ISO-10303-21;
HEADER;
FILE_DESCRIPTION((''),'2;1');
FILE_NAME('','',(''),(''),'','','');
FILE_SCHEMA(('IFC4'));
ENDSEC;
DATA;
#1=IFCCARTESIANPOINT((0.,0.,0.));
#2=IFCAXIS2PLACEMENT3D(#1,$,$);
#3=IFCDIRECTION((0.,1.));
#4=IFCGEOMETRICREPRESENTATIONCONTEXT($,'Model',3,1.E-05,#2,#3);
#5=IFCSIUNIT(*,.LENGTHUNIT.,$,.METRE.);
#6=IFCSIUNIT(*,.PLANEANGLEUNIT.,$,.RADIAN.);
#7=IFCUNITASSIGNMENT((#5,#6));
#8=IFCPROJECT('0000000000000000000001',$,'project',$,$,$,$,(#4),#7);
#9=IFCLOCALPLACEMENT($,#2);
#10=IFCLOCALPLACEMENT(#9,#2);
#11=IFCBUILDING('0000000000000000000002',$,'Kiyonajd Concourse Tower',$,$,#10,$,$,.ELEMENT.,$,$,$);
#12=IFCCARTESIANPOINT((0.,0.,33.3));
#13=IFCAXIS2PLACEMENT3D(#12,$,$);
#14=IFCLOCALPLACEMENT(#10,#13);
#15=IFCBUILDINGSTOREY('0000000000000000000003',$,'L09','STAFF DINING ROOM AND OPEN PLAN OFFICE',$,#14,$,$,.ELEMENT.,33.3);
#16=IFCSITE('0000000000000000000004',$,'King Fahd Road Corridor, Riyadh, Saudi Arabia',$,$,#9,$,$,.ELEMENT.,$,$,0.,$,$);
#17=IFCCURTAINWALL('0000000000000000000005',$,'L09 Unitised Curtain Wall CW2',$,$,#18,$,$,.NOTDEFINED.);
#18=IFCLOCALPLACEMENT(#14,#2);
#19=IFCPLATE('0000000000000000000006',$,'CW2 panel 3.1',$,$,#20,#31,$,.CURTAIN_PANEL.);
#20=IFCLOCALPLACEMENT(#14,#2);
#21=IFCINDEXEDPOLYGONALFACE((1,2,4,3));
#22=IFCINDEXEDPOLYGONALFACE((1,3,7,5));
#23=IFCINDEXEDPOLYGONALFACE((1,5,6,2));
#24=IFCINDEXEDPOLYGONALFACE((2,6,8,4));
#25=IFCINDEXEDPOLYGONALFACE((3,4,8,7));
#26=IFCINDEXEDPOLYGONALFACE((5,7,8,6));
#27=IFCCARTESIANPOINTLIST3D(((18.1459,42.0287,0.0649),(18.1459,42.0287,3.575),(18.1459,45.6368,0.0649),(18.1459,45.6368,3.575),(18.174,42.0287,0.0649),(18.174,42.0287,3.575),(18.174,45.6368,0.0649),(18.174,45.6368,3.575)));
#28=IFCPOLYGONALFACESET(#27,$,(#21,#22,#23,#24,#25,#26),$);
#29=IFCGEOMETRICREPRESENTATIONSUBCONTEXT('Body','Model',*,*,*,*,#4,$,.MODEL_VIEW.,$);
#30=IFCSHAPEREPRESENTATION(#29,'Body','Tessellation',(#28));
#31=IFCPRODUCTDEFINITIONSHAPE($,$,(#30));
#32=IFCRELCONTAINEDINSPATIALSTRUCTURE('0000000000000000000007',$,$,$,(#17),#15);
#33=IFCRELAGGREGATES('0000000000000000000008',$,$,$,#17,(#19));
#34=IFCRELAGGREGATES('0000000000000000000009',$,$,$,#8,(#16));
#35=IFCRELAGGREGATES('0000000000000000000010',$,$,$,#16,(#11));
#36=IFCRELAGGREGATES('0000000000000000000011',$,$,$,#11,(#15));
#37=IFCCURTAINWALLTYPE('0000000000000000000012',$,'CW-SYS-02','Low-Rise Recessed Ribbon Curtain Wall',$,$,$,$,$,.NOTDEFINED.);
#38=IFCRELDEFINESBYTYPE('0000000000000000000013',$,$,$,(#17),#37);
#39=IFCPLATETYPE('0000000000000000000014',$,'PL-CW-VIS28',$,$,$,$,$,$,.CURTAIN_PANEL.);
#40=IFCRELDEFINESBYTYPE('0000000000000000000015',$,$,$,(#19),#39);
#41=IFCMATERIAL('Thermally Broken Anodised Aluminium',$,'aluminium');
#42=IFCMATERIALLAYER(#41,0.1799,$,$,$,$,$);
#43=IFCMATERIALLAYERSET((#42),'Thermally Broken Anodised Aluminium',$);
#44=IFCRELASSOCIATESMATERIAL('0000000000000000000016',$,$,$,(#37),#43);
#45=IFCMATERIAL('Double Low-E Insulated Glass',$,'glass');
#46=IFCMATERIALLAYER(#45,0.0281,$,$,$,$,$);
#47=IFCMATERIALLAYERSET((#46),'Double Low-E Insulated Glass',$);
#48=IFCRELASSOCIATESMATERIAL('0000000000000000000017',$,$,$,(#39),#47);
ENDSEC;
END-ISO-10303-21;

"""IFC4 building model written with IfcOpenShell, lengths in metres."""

from ifc_helpers import new_model, si_unit, direction, frame, origin, origin_2d, place, context, subcontext, project, spatial, rectangle, extrude, material, layer, layer_set, type_object, element, aggregate, save


model = new_model("IFC4")

# Units and contexts
model_context = context("Model", 3, precision=1e-05, world=origin(), true_north=direction((0.0, 1.0)))
body_context = subcontext(model_context, "Body", "Model", "MODEL_VIEW")
ifc_project = project(units=[si_unit("LENGTHUNIT", "METRE"), si_unit("PLANEANGLEUNIT", "RADIAN")], contexts=[model_context])

# Site, building, storey
site_placement = place(None, origin())
site = spatial("IfcSite", under=ifc_project, at=site_placement, Name="King Fahd Road Corridor, Riyadh, Saudi Arabia", CompositionType="ELEMENT", RefElevation=0.0)
building_placement = place(site_placement, origin())
building = spatial("IfcBuilding", under=site, at=building_placement, Name="Kiyonajd Concourse Tower", CompositionType="ELEMENT")
storey_placement = place(building_placement, frame((0.0, 0.0, 33.3)))
storey = spatial("IfcBuildingStorey", under=building, at=storey_placement, Name="L09", Description="STAFF DINING ROOM AND OPEN PLAN OFFICE", CompositionType="ELEMENT", Elevation=33.3)

# Curtain wall, plate
ifc_material_1 = material(Name="Thermally Broken Anodised Aluminium", Category="aluminium")
ifc_layer_1 = layer(ifc_material_1, 0.1799)
ifc_layer_set_1 = layer_set([ifc_layer_1], Name="Thermally Broken Anodised Aluminium")
curtain_wall_type = type_object("IfcCurtainWallType", Name="CW-SYS-02", Description="Low-Rise Recessed Ribbon Curtain Wall", PredefinedType="NOTDEFINED", material=ifc_layer_set_1)
curtain_wall_placement = place(storey_placement, origin())
curtain_wall = element("IfcCurtainWall", 1, at=curtain_wall_placement, inside=storey, type_object=curtain_wall_type, Name="L09 Unitised Curtain Wall CW2", PredefinedType="NOTDEFINED")
ifc_material_2 = material(Name="Double Low-E Insulated Glass", Category="glass")
ifc_layer_2 = layer(ifc_material_2, 0.0281)
ifc_layer_set_2 = layer_set([ifc_layer_2], Name="Double Low-E Insulated Glass")
plate_type = type_object("IfcPlateType", Name="PL-CW-VIS28", PredefinedType="CURTAIN_PANEL", material=ifc_layer_set_2)
plate_1_placement = place(storey_placement, frame((18.1599, 43.8328, 0.0649), z_axis=(0.0, 0.0, 1.0), x_axis=(0.0, 1.0, 0.0)))
plate_1 = element("IfcPlate", 2, at=plate_1_placement, type_object=plate_type, Name="CW2 panel 3.1", PredefinedType="CURTAIN_PANEL", context=body_context, shape_type="SweptSolid", body=[
    extrude(rectangle(XDim=3.6082, YDim=0.0281, at=origin_2d()), origin(), (0.0, 0.0, 1.0), 3.51),
])
aggregate(curtain_wall, [plate_1])

save(model, "model.ifc")
